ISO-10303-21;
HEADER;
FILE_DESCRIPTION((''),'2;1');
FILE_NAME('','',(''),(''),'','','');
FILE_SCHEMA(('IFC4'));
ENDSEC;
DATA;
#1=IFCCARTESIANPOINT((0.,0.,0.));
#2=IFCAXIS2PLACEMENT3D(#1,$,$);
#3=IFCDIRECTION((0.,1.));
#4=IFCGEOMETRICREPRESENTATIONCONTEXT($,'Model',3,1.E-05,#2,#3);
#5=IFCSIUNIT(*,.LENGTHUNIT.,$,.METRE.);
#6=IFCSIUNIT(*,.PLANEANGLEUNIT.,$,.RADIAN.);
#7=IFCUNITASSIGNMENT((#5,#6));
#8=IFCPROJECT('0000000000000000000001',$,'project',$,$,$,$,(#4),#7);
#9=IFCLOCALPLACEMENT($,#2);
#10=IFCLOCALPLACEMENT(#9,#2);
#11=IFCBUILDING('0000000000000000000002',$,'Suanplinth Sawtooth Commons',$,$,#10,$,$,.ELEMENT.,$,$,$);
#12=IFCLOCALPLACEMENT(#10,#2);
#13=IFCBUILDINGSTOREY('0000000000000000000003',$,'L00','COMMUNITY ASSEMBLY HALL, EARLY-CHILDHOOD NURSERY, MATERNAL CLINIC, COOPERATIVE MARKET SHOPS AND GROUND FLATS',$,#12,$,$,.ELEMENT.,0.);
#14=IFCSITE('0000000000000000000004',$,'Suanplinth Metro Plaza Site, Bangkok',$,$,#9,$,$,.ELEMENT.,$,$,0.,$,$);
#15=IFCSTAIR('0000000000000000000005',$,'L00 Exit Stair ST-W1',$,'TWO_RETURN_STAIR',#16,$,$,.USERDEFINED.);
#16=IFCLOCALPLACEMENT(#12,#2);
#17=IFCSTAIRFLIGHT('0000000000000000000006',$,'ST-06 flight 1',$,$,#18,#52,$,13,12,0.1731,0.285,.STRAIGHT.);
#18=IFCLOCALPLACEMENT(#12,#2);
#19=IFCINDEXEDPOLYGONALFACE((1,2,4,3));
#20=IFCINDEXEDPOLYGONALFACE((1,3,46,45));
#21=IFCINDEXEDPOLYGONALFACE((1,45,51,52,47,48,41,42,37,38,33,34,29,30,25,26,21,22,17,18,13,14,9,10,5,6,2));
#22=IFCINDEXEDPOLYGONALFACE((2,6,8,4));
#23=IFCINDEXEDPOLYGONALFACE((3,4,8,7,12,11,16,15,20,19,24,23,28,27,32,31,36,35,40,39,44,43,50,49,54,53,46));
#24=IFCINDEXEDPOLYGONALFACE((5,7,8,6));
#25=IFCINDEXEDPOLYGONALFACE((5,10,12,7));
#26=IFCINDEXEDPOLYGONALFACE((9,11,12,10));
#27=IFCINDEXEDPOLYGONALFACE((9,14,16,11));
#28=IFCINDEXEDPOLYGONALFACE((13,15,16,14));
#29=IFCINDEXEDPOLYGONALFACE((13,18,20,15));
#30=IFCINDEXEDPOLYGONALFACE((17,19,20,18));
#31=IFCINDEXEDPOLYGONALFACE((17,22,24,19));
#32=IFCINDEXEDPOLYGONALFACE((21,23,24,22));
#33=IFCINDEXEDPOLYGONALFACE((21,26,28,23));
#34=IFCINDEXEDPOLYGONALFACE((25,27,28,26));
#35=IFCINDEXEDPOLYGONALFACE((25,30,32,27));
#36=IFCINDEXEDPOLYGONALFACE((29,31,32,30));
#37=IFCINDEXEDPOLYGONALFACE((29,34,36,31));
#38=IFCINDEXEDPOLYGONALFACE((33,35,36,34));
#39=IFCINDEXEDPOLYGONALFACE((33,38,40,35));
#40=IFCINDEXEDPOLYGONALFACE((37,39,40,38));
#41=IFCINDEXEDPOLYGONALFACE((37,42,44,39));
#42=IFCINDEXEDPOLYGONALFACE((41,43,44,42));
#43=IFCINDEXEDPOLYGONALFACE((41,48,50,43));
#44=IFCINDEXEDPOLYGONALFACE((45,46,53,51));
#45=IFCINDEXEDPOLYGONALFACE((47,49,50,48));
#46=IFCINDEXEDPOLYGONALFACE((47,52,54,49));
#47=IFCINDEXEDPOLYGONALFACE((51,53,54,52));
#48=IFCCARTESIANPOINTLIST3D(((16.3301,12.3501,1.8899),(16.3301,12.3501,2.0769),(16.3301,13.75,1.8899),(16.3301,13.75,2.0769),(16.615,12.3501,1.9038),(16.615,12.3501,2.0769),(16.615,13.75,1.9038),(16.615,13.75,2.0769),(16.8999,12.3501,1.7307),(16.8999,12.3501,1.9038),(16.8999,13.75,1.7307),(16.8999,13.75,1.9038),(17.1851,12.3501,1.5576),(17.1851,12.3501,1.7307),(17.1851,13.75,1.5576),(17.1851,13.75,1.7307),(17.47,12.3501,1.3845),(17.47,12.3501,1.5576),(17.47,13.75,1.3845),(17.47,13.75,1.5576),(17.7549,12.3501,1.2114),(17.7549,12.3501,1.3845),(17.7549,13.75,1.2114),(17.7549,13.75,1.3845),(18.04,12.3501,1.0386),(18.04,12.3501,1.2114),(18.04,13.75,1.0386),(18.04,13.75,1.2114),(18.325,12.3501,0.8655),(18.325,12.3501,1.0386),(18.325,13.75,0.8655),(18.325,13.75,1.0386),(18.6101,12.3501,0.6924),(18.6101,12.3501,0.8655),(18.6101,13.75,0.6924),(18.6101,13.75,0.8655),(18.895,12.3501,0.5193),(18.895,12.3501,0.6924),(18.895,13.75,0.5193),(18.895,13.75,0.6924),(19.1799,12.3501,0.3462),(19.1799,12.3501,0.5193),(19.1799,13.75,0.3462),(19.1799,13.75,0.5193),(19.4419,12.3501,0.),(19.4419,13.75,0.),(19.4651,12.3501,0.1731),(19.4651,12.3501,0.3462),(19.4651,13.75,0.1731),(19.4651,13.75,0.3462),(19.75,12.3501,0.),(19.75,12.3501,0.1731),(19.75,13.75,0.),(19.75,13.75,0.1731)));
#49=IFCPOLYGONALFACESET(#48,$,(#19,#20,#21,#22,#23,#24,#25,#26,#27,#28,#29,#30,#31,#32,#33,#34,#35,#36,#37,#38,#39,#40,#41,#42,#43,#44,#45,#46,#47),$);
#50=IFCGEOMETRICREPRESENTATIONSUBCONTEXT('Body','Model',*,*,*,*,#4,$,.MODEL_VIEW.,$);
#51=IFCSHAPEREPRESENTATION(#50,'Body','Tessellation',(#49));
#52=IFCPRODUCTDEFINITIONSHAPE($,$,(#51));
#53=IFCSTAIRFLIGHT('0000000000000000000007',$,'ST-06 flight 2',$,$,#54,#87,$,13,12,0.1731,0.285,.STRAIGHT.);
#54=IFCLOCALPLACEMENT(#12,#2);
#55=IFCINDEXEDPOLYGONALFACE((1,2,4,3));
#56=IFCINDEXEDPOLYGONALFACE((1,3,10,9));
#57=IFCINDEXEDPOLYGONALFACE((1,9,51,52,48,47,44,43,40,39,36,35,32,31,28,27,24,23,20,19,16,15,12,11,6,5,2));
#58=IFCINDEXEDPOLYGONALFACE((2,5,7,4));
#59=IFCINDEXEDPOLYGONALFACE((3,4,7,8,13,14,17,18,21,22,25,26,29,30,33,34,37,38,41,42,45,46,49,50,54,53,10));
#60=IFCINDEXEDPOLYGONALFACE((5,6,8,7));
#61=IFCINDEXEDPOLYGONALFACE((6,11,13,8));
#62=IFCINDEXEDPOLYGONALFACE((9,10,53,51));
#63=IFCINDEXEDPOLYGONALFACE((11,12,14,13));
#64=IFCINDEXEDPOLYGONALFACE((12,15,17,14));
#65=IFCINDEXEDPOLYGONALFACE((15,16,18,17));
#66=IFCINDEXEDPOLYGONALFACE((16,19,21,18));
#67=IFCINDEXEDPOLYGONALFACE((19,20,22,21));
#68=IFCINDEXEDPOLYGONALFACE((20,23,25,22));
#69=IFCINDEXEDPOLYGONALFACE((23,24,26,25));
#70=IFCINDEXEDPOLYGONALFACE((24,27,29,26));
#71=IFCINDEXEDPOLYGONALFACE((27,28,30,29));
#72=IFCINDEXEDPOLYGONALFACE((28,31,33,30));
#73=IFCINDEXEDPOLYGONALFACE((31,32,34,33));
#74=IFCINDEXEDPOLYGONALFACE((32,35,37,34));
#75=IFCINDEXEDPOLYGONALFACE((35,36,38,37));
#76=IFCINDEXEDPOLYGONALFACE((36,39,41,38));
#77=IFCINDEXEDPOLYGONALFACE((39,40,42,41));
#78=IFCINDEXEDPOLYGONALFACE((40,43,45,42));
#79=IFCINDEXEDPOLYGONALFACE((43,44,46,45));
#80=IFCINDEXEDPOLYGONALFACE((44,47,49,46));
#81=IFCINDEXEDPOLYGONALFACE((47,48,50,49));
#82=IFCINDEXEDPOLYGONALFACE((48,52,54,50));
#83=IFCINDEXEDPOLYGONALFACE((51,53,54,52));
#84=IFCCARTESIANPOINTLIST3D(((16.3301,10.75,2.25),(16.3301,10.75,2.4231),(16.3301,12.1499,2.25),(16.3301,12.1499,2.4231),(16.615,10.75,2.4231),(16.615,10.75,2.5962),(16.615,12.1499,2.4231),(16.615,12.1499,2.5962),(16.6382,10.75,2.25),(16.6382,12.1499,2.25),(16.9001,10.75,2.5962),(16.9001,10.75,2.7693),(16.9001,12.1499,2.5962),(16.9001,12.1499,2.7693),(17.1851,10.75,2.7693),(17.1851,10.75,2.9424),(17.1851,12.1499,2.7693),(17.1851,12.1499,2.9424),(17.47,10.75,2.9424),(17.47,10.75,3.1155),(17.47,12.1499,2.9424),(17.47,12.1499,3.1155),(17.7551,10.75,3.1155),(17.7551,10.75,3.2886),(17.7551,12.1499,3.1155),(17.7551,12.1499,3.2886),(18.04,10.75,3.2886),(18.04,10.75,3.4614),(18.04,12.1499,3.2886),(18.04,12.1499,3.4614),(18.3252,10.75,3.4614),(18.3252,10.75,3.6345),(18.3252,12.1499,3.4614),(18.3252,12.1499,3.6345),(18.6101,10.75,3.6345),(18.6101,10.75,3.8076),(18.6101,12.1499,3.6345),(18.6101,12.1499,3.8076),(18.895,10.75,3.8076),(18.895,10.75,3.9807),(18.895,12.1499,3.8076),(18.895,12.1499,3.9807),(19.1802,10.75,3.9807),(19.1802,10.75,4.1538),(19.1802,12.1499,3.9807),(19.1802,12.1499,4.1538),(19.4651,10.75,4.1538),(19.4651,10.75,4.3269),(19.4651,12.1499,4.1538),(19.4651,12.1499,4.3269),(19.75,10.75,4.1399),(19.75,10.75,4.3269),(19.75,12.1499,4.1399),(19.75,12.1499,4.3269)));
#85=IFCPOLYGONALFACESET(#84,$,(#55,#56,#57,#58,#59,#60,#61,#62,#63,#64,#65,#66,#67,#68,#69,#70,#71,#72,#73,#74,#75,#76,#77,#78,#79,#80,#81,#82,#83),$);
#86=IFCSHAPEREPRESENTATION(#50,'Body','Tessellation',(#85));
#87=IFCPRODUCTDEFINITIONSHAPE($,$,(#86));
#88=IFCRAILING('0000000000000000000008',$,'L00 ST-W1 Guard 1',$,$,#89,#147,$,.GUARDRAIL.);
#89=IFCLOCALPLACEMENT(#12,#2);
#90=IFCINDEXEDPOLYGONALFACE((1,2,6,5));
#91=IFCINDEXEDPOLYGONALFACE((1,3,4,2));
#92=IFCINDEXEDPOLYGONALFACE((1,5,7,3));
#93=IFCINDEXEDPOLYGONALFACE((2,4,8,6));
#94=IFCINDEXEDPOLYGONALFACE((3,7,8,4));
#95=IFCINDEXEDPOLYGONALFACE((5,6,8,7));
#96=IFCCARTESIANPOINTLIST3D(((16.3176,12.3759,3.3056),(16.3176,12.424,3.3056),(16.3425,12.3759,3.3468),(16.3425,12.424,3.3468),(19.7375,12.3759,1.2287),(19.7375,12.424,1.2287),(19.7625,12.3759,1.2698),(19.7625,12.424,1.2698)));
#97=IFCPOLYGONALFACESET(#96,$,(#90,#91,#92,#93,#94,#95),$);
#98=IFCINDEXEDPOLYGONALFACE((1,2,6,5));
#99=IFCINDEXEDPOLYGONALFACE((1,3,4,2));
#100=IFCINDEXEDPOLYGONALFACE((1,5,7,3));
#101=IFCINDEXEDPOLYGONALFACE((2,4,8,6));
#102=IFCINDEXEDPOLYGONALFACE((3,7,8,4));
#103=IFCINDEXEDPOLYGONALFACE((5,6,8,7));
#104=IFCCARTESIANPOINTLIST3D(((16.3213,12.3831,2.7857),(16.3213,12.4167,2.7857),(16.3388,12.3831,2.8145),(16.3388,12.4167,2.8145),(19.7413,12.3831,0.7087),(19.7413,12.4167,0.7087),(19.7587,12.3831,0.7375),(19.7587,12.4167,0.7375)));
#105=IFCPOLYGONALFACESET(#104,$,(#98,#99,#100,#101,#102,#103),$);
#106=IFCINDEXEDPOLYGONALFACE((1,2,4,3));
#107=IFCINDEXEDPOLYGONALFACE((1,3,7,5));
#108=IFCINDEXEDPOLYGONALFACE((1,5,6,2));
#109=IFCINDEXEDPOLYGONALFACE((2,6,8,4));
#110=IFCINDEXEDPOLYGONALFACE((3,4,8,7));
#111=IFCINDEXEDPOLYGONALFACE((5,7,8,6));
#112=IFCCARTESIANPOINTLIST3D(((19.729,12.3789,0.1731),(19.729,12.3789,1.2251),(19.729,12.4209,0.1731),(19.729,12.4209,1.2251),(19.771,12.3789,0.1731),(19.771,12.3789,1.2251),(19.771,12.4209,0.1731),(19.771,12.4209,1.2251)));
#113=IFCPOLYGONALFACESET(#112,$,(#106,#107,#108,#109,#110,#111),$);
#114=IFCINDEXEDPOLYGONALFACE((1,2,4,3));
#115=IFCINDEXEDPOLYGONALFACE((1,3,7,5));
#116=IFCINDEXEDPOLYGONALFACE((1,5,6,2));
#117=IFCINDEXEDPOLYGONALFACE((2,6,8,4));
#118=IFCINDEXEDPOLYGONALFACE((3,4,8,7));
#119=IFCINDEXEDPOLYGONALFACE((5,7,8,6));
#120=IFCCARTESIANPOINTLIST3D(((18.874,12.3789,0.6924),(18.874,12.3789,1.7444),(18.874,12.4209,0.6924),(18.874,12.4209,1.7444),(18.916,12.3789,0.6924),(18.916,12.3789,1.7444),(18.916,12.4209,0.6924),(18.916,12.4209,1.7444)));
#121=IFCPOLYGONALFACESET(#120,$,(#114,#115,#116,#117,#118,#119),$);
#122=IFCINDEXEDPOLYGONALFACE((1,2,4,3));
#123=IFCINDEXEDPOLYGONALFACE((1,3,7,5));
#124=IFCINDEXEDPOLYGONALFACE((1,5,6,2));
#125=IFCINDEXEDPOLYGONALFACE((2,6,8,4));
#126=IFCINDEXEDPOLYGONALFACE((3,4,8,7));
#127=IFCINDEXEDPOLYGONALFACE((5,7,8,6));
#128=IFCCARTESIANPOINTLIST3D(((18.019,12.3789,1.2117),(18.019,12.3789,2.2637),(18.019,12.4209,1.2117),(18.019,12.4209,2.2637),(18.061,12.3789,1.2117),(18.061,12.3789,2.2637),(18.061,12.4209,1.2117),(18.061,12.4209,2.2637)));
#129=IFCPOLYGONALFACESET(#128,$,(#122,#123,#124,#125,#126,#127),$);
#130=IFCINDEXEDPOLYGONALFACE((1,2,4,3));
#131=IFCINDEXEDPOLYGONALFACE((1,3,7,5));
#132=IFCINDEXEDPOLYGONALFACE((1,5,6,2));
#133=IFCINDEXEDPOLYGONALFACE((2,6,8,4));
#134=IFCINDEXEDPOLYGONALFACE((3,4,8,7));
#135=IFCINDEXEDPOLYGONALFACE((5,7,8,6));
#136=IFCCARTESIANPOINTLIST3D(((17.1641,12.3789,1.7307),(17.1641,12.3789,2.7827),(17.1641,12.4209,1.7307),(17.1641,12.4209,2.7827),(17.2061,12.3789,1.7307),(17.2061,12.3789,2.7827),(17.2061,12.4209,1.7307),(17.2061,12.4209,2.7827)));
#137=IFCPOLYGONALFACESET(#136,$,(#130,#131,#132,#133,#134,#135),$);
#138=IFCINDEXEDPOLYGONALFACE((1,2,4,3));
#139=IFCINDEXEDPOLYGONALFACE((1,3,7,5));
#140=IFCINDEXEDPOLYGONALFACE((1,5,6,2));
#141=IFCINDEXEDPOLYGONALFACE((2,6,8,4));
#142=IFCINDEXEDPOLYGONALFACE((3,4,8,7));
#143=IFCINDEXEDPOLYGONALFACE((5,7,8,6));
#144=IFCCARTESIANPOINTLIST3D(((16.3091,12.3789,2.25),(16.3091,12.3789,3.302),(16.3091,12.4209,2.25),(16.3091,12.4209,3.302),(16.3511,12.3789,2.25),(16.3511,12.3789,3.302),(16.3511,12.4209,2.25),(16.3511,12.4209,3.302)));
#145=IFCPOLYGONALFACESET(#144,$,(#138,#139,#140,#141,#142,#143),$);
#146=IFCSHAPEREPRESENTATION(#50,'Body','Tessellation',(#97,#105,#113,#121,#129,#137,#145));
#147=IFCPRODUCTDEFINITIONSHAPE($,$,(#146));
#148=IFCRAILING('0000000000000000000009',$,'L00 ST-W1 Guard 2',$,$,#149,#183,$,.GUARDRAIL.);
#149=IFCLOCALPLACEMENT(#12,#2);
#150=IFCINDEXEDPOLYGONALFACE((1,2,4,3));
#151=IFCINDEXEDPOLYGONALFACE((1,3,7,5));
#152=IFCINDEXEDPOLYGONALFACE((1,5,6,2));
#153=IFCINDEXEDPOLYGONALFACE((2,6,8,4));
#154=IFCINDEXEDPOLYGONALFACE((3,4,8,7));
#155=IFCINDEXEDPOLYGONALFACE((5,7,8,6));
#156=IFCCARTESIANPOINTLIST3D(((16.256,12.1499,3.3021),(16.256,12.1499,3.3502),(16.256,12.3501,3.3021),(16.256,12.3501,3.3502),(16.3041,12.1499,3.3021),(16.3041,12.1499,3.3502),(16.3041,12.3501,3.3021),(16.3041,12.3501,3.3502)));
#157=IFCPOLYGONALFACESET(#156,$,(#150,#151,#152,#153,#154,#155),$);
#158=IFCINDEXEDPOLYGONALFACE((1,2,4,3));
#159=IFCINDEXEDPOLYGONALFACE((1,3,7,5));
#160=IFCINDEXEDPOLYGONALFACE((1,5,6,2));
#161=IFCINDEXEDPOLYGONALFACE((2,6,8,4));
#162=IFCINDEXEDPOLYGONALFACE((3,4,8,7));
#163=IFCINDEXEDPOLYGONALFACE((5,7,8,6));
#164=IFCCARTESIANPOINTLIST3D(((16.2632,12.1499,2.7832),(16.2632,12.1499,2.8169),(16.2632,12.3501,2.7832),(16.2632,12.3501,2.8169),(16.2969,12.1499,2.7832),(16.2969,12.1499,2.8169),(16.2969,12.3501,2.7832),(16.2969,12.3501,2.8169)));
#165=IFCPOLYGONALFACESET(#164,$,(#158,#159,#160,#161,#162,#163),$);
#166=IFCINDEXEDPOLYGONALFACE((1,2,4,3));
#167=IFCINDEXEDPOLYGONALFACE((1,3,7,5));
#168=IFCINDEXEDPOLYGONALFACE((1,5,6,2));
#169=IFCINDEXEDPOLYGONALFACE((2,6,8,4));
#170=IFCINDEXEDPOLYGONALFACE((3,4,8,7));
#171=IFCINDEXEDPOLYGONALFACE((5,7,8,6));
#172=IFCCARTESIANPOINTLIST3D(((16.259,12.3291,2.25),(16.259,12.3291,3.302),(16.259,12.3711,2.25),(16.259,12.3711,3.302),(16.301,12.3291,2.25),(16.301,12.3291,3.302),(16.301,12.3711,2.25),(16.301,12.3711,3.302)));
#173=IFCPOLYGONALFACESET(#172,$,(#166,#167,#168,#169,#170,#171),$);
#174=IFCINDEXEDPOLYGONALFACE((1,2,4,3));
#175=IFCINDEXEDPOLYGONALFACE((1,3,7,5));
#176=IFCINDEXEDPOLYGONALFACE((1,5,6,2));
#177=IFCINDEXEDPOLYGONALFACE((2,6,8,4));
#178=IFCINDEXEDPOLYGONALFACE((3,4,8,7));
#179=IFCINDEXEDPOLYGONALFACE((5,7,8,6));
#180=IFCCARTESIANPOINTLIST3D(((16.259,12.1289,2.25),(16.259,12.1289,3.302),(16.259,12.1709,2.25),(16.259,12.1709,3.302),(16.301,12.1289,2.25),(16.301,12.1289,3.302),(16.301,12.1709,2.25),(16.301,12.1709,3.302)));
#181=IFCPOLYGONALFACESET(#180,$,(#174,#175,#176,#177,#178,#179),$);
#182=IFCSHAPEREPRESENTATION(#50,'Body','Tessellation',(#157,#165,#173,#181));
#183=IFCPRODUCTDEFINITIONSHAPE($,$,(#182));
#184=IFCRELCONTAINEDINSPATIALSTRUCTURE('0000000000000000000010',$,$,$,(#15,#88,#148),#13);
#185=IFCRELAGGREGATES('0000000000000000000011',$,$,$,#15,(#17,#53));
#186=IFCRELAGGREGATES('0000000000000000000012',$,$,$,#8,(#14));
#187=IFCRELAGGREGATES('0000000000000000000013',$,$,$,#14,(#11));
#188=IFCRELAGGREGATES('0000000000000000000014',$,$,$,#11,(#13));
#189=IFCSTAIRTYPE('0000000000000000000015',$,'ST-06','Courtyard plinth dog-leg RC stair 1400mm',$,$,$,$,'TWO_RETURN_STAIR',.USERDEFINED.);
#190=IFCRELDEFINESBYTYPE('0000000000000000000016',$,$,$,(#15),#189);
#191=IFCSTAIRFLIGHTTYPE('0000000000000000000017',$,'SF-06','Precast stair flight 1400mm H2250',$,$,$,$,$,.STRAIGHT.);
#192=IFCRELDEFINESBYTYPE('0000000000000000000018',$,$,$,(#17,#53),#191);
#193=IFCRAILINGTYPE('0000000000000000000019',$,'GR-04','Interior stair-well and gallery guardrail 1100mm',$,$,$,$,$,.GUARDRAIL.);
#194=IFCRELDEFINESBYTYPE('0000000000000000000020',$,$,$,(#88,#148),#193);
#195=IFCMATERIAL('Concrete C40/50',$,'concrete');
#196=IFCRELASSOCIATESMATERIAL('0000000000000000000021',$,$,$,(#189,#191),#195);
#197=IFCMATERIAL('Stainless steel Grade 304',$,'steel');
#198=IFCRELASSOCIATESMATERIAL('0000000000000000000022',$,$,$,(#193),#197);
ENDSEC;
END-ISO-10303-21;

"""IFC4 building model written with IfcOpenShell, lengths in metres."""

from ifc_helpers import new_model, si_unit, direction, frame, origin, origin_2d, place, context, subcontext, project, spatial, polyline, rectangle, outline, extrude, material, type_object, element, aggregate, save


model = new_model("IFC4")

# Units and contexts
model_context = context("Model", 3, precision=1e-05, world=origin(), true_north=direction((0.0, 1.0)))
body_context = subcontext(model_context, "Body", "Model", "MODEL_VIEW")
ifc_project = project(units=[si_unit("LENGTHUNIT", "METRE"), si_unit("PLANEANGLEUNIT", "RADIAN")], contexts=[model_context])

# Site, building, storey
site_placement = place(None, origin())
site = spatial("IfcSite", under=ifc_project, at=site_placement, Name="Suanplinth Metro Plaza Site, Bangkok", CompositionType="ELEMENT", RefElevation=0.0)
building_placement = place(site_placement, origin())
building = spatial("IfcBuilding", under=site, at=building_placement, Name="Suanplinth Sawtooth Commons", CompositionType="ELEMENT")
storey_placement = place(building_placement, origin())
storey = spatial("IfcBuildingStorey", under=building, at=storey_placement, Name="L00", Description="COMMUNITY ASSEMBLY HALL, EARLY-CHILDHOOD NURSERY, MATERNAL CLINIC, COOPERATIVE MARKET SHOPS AND GROUND FLATS", CompositionType="ELEMENT", Elevation=0.0)

# Shared definitions
ifc_material_1 = material(Name="Concrete C40/50", Category="concrete")

# Shared definitions
ifc_material_2 = material(Name="Stainless steel Grade 304", Category="steel")

# Stair, stair flights
stair_type = type_object("IfcStairType", Name="ST-06", Description="Courtyard plinth dog-leg RC stair 1400mm", ElementType="TWO_RETURN_STAIR", PredefinedType="USERDEFINED", material=ifc_material_1)
stair_placement = place(storey_placement, origin())
stair = element("IfcStair", 1, at=stair_placement, inside=storey, type_object=stair_type, Name="L00 Exit Stair ST-W1", ObjectType="TWO_RETURN_STAIR", PredefinedType="USERDEFINED")
stair_flight_type = type_object("IfcStairFlightType", Name="SF-06", Description="Precast stair flight 1400mm H2250", PredefinedType="STRAIGHT", material=ifc_material_1)
stair_flight_1_placement = place(storey_placement, frame((19.75, 13.05, 0.0), z_axis=(0.0, 0.0, 1.0), x_axis=(-1.0, 0.0, 0.0)))
stair_flight_1 = element("IfcStairFlight", 2, at=stair_flight_1_placement, type_object=stair_flight_type, Name="ST-06 flight 1", NumberOfRisers=13, NumberOfTreads=12, PredefinedType="STRAIGHT", RiserHeight=0.1731, TreadLength=0.285, context=body_context, shape_type="SweptSolid", body=[
    extrude(outline(polyline([(0.0, 0.0), (0.0, 0.1731), (0.2849, 0.1731), (0.2849, 0.3462), (0.5701, 0.3462), (0.5701, 0.5193), (0.855, 0.5193), (0.855, 0.6924), (1.1399, 0.6924), (1.1399, 0.8655), (1.425, 0.8655), (1.425, 1.0386), (1.71, 1.0386), (1.71, 1.2114), (1.9951, 1.2114), (1.9951, 1.3845), (2.28, 1.3845), (2.28, 1.5576), (2.5649, 1.5576), (2.5649, 1.7307), (2.8501, 1.7307), (2.8501, 1.9038), (3.135, 1.9038), (3.135, 2.0769), (3.4199, 2.0769), (3.4199, 2.25), (3.4199, 1.8899), (0.3081, 0.0), (0.0, 0.0)])), frame((0.0, 0.7, 0.0), z_axis=(0.0, -1.0, 0.0), x_axis=(1.0, 0.0, 0.0)), (0.0, 0.0, 1.0), 1.3999),
])
stair_flight_2_placement = place(storey_placement, frame((16.3301, 11.45, 2.25), z_axis=(0.0, 0.0, 1.0), x_axis=(1.0, 0.0, 0.0)))
stair_flight_2 = element("IfcStairFlight", 3, at=stair_flight_2_placement, type_object=stair_flight_type, Name="ST-06 flight 2", NumberOfRisers=13, NumberOfTreads=12, PredefinedType="STRAIGHT", RiserHeight=0.1731, TreadLength=0.285, context=body_context, shape_type="SweptSolid", body=[
    extrude(outline(polyline([(0.0, 0.0), (0.0, 0.1731), (0.2849, 0.1731), (0.2849, 0.3462), (0.5701, 0.3462), (0.5701, 0.5193), (0.855, 0.5193), (0.855, 0.6924), (1.1399, 0.6924), (1.1399, 0.8655), (1.425, 0.8655), (1.425, 1.0386), (1.71, 1.0386), (1.71, 1.2114), (1.9951, 1.2114), (1.9951, 1.3845), (2.28, 1.3845), (2.28, 1.5576), (2.5649, 1.5576), (2.5649, 1.7307), (2.8501, 1.7307), (2.8501, 1.9038), (3.135, 1.9038), (3.135, 2.0769), (3.4199, 2.0769), (3.4199, 2.25), (3.4199, 1.8899), (0.3081, 0.0), (0.0, 0.0)])), frame((0.0, 0.7, 0.0), z_axis=(0.0, -1.0, 0.0), x_axis=(1.0, 0.0, 0.0)), (0.0, 0.0, 1.0), 1.3999),
])
aggregate(stair, [stair_flight_1, stair_flight_2])

# Railings
railing_type_1 = type_object("IfcRailingType", Name="GR-04", Description="Interior stair-well and gallery guardrail 1100mm", PredefinedType="GUARDRAIL", material=ifc_material_2)
railing_1_placement = place(storey_placement, frame((19.75, 12.3999, 0.1731)))
element("IfcRailing", 4, at=railing_1_placement, inside=storey, type_object=railing_type_1, Name="L00 ST-W1 Guard 1", PredefinedType="GUARDRAIL", context=body_context, shape_type="SweptSolid", body=[
    extrude(rectangle(XDim=0.0481, YDim=0.0481, at=origin_2d()), frame((0.0, 0.0, 1.0762), z_axis=(-0.85473, 0.0, 0.519074), x_axis=(0.0, -1.0, 0.0)), (0.0, 0.0, 1.0), 4.0012),
    extrude(rectangle(XDim=0.0337, YDim=0.0337, at=origin_2d()), frame((0.0, 0.0, 0.55), z_axis=(-0.85473, 0.0, 0.519074), x_axis=(0.0, -1.0, 0.0)), (0.0, 0.0, 1.0), 4.0012),
    extrude(rectangle(XDim=0.042, YDim=0.042, at=origin_2d()), origin(), (0.0, 0.0, 1.0), 1.052),
    extrude(rectangle(XDim=0.042, YDim=0.042, at=origin_2d()), frame((-0.855, 0.0, 0.5193)), (0.0, 0.0, 1.0), 1.052),
    extrude(rectangle(XDim=0.042, YDim=0.042, at=origin_2d()), frame((-1.71, 0.0, 1.0386)), (0.0, 0.0, 1.0), 1.052),
    extrude(rectangle(XDim=0.042, YDim=0.042, at=origin_2d()), frame((-2.5649, 0.0, 1.5576)), (0.0, 0.0, 1.0), 1.052),
    extrude(rectangle(XDim=0.042, YDim=0.042, at=origin_2d()), frame((-3.4199, 0.0, 2.0769)), (0.0, 0.0, 1.0), 1.052),
])
railing_2_placement = place(storey_placement, frame((16.28, 12.3501, 2.25)))
element("IfcRailing", 5, at=railing_2_placement, inside=storey, type_object=railing_type_1, Name="L00 ST-W1 Guard 2", PredefinedType="GUARDRAIL", context=body_context, shape_type="SweptSolid", body=[
    extrude(rectangle(XDim=0.0481, YDim=0.0481, at=origin_2d()), frame((0.0, 0.0, 1.0762), z_axis=(0.0, -1.0, 0.0), x_axis=(1.0, 0.0, 0.0)), (0.0, 0.0, 1.0), 0.2002),
    extrude(rectangle(XDim=0.0337, YDim=0.0337, at=origin_2d()), frame((0.0, 0.0, 0.55), z_axis=(0.0, -1.0, 0.0), x_axis=(1.0, 0.0, 0.0)), (0.0, 0.0, 1.0), 0.2002),
    extrude(rectangle(XDim=0.042, YDim=0.042, at=origin_2d()), origin(), (0.0, 0.0, 1.0), 1.052),
    extrude(rectangle(XDim=0.042, YDim=0.042, at=origin_2d()), frame((0.0, -0.2002, 0.0)), (0.0, 0.0, 1.0), 1.052),
])

save(model, "model.ifc")
